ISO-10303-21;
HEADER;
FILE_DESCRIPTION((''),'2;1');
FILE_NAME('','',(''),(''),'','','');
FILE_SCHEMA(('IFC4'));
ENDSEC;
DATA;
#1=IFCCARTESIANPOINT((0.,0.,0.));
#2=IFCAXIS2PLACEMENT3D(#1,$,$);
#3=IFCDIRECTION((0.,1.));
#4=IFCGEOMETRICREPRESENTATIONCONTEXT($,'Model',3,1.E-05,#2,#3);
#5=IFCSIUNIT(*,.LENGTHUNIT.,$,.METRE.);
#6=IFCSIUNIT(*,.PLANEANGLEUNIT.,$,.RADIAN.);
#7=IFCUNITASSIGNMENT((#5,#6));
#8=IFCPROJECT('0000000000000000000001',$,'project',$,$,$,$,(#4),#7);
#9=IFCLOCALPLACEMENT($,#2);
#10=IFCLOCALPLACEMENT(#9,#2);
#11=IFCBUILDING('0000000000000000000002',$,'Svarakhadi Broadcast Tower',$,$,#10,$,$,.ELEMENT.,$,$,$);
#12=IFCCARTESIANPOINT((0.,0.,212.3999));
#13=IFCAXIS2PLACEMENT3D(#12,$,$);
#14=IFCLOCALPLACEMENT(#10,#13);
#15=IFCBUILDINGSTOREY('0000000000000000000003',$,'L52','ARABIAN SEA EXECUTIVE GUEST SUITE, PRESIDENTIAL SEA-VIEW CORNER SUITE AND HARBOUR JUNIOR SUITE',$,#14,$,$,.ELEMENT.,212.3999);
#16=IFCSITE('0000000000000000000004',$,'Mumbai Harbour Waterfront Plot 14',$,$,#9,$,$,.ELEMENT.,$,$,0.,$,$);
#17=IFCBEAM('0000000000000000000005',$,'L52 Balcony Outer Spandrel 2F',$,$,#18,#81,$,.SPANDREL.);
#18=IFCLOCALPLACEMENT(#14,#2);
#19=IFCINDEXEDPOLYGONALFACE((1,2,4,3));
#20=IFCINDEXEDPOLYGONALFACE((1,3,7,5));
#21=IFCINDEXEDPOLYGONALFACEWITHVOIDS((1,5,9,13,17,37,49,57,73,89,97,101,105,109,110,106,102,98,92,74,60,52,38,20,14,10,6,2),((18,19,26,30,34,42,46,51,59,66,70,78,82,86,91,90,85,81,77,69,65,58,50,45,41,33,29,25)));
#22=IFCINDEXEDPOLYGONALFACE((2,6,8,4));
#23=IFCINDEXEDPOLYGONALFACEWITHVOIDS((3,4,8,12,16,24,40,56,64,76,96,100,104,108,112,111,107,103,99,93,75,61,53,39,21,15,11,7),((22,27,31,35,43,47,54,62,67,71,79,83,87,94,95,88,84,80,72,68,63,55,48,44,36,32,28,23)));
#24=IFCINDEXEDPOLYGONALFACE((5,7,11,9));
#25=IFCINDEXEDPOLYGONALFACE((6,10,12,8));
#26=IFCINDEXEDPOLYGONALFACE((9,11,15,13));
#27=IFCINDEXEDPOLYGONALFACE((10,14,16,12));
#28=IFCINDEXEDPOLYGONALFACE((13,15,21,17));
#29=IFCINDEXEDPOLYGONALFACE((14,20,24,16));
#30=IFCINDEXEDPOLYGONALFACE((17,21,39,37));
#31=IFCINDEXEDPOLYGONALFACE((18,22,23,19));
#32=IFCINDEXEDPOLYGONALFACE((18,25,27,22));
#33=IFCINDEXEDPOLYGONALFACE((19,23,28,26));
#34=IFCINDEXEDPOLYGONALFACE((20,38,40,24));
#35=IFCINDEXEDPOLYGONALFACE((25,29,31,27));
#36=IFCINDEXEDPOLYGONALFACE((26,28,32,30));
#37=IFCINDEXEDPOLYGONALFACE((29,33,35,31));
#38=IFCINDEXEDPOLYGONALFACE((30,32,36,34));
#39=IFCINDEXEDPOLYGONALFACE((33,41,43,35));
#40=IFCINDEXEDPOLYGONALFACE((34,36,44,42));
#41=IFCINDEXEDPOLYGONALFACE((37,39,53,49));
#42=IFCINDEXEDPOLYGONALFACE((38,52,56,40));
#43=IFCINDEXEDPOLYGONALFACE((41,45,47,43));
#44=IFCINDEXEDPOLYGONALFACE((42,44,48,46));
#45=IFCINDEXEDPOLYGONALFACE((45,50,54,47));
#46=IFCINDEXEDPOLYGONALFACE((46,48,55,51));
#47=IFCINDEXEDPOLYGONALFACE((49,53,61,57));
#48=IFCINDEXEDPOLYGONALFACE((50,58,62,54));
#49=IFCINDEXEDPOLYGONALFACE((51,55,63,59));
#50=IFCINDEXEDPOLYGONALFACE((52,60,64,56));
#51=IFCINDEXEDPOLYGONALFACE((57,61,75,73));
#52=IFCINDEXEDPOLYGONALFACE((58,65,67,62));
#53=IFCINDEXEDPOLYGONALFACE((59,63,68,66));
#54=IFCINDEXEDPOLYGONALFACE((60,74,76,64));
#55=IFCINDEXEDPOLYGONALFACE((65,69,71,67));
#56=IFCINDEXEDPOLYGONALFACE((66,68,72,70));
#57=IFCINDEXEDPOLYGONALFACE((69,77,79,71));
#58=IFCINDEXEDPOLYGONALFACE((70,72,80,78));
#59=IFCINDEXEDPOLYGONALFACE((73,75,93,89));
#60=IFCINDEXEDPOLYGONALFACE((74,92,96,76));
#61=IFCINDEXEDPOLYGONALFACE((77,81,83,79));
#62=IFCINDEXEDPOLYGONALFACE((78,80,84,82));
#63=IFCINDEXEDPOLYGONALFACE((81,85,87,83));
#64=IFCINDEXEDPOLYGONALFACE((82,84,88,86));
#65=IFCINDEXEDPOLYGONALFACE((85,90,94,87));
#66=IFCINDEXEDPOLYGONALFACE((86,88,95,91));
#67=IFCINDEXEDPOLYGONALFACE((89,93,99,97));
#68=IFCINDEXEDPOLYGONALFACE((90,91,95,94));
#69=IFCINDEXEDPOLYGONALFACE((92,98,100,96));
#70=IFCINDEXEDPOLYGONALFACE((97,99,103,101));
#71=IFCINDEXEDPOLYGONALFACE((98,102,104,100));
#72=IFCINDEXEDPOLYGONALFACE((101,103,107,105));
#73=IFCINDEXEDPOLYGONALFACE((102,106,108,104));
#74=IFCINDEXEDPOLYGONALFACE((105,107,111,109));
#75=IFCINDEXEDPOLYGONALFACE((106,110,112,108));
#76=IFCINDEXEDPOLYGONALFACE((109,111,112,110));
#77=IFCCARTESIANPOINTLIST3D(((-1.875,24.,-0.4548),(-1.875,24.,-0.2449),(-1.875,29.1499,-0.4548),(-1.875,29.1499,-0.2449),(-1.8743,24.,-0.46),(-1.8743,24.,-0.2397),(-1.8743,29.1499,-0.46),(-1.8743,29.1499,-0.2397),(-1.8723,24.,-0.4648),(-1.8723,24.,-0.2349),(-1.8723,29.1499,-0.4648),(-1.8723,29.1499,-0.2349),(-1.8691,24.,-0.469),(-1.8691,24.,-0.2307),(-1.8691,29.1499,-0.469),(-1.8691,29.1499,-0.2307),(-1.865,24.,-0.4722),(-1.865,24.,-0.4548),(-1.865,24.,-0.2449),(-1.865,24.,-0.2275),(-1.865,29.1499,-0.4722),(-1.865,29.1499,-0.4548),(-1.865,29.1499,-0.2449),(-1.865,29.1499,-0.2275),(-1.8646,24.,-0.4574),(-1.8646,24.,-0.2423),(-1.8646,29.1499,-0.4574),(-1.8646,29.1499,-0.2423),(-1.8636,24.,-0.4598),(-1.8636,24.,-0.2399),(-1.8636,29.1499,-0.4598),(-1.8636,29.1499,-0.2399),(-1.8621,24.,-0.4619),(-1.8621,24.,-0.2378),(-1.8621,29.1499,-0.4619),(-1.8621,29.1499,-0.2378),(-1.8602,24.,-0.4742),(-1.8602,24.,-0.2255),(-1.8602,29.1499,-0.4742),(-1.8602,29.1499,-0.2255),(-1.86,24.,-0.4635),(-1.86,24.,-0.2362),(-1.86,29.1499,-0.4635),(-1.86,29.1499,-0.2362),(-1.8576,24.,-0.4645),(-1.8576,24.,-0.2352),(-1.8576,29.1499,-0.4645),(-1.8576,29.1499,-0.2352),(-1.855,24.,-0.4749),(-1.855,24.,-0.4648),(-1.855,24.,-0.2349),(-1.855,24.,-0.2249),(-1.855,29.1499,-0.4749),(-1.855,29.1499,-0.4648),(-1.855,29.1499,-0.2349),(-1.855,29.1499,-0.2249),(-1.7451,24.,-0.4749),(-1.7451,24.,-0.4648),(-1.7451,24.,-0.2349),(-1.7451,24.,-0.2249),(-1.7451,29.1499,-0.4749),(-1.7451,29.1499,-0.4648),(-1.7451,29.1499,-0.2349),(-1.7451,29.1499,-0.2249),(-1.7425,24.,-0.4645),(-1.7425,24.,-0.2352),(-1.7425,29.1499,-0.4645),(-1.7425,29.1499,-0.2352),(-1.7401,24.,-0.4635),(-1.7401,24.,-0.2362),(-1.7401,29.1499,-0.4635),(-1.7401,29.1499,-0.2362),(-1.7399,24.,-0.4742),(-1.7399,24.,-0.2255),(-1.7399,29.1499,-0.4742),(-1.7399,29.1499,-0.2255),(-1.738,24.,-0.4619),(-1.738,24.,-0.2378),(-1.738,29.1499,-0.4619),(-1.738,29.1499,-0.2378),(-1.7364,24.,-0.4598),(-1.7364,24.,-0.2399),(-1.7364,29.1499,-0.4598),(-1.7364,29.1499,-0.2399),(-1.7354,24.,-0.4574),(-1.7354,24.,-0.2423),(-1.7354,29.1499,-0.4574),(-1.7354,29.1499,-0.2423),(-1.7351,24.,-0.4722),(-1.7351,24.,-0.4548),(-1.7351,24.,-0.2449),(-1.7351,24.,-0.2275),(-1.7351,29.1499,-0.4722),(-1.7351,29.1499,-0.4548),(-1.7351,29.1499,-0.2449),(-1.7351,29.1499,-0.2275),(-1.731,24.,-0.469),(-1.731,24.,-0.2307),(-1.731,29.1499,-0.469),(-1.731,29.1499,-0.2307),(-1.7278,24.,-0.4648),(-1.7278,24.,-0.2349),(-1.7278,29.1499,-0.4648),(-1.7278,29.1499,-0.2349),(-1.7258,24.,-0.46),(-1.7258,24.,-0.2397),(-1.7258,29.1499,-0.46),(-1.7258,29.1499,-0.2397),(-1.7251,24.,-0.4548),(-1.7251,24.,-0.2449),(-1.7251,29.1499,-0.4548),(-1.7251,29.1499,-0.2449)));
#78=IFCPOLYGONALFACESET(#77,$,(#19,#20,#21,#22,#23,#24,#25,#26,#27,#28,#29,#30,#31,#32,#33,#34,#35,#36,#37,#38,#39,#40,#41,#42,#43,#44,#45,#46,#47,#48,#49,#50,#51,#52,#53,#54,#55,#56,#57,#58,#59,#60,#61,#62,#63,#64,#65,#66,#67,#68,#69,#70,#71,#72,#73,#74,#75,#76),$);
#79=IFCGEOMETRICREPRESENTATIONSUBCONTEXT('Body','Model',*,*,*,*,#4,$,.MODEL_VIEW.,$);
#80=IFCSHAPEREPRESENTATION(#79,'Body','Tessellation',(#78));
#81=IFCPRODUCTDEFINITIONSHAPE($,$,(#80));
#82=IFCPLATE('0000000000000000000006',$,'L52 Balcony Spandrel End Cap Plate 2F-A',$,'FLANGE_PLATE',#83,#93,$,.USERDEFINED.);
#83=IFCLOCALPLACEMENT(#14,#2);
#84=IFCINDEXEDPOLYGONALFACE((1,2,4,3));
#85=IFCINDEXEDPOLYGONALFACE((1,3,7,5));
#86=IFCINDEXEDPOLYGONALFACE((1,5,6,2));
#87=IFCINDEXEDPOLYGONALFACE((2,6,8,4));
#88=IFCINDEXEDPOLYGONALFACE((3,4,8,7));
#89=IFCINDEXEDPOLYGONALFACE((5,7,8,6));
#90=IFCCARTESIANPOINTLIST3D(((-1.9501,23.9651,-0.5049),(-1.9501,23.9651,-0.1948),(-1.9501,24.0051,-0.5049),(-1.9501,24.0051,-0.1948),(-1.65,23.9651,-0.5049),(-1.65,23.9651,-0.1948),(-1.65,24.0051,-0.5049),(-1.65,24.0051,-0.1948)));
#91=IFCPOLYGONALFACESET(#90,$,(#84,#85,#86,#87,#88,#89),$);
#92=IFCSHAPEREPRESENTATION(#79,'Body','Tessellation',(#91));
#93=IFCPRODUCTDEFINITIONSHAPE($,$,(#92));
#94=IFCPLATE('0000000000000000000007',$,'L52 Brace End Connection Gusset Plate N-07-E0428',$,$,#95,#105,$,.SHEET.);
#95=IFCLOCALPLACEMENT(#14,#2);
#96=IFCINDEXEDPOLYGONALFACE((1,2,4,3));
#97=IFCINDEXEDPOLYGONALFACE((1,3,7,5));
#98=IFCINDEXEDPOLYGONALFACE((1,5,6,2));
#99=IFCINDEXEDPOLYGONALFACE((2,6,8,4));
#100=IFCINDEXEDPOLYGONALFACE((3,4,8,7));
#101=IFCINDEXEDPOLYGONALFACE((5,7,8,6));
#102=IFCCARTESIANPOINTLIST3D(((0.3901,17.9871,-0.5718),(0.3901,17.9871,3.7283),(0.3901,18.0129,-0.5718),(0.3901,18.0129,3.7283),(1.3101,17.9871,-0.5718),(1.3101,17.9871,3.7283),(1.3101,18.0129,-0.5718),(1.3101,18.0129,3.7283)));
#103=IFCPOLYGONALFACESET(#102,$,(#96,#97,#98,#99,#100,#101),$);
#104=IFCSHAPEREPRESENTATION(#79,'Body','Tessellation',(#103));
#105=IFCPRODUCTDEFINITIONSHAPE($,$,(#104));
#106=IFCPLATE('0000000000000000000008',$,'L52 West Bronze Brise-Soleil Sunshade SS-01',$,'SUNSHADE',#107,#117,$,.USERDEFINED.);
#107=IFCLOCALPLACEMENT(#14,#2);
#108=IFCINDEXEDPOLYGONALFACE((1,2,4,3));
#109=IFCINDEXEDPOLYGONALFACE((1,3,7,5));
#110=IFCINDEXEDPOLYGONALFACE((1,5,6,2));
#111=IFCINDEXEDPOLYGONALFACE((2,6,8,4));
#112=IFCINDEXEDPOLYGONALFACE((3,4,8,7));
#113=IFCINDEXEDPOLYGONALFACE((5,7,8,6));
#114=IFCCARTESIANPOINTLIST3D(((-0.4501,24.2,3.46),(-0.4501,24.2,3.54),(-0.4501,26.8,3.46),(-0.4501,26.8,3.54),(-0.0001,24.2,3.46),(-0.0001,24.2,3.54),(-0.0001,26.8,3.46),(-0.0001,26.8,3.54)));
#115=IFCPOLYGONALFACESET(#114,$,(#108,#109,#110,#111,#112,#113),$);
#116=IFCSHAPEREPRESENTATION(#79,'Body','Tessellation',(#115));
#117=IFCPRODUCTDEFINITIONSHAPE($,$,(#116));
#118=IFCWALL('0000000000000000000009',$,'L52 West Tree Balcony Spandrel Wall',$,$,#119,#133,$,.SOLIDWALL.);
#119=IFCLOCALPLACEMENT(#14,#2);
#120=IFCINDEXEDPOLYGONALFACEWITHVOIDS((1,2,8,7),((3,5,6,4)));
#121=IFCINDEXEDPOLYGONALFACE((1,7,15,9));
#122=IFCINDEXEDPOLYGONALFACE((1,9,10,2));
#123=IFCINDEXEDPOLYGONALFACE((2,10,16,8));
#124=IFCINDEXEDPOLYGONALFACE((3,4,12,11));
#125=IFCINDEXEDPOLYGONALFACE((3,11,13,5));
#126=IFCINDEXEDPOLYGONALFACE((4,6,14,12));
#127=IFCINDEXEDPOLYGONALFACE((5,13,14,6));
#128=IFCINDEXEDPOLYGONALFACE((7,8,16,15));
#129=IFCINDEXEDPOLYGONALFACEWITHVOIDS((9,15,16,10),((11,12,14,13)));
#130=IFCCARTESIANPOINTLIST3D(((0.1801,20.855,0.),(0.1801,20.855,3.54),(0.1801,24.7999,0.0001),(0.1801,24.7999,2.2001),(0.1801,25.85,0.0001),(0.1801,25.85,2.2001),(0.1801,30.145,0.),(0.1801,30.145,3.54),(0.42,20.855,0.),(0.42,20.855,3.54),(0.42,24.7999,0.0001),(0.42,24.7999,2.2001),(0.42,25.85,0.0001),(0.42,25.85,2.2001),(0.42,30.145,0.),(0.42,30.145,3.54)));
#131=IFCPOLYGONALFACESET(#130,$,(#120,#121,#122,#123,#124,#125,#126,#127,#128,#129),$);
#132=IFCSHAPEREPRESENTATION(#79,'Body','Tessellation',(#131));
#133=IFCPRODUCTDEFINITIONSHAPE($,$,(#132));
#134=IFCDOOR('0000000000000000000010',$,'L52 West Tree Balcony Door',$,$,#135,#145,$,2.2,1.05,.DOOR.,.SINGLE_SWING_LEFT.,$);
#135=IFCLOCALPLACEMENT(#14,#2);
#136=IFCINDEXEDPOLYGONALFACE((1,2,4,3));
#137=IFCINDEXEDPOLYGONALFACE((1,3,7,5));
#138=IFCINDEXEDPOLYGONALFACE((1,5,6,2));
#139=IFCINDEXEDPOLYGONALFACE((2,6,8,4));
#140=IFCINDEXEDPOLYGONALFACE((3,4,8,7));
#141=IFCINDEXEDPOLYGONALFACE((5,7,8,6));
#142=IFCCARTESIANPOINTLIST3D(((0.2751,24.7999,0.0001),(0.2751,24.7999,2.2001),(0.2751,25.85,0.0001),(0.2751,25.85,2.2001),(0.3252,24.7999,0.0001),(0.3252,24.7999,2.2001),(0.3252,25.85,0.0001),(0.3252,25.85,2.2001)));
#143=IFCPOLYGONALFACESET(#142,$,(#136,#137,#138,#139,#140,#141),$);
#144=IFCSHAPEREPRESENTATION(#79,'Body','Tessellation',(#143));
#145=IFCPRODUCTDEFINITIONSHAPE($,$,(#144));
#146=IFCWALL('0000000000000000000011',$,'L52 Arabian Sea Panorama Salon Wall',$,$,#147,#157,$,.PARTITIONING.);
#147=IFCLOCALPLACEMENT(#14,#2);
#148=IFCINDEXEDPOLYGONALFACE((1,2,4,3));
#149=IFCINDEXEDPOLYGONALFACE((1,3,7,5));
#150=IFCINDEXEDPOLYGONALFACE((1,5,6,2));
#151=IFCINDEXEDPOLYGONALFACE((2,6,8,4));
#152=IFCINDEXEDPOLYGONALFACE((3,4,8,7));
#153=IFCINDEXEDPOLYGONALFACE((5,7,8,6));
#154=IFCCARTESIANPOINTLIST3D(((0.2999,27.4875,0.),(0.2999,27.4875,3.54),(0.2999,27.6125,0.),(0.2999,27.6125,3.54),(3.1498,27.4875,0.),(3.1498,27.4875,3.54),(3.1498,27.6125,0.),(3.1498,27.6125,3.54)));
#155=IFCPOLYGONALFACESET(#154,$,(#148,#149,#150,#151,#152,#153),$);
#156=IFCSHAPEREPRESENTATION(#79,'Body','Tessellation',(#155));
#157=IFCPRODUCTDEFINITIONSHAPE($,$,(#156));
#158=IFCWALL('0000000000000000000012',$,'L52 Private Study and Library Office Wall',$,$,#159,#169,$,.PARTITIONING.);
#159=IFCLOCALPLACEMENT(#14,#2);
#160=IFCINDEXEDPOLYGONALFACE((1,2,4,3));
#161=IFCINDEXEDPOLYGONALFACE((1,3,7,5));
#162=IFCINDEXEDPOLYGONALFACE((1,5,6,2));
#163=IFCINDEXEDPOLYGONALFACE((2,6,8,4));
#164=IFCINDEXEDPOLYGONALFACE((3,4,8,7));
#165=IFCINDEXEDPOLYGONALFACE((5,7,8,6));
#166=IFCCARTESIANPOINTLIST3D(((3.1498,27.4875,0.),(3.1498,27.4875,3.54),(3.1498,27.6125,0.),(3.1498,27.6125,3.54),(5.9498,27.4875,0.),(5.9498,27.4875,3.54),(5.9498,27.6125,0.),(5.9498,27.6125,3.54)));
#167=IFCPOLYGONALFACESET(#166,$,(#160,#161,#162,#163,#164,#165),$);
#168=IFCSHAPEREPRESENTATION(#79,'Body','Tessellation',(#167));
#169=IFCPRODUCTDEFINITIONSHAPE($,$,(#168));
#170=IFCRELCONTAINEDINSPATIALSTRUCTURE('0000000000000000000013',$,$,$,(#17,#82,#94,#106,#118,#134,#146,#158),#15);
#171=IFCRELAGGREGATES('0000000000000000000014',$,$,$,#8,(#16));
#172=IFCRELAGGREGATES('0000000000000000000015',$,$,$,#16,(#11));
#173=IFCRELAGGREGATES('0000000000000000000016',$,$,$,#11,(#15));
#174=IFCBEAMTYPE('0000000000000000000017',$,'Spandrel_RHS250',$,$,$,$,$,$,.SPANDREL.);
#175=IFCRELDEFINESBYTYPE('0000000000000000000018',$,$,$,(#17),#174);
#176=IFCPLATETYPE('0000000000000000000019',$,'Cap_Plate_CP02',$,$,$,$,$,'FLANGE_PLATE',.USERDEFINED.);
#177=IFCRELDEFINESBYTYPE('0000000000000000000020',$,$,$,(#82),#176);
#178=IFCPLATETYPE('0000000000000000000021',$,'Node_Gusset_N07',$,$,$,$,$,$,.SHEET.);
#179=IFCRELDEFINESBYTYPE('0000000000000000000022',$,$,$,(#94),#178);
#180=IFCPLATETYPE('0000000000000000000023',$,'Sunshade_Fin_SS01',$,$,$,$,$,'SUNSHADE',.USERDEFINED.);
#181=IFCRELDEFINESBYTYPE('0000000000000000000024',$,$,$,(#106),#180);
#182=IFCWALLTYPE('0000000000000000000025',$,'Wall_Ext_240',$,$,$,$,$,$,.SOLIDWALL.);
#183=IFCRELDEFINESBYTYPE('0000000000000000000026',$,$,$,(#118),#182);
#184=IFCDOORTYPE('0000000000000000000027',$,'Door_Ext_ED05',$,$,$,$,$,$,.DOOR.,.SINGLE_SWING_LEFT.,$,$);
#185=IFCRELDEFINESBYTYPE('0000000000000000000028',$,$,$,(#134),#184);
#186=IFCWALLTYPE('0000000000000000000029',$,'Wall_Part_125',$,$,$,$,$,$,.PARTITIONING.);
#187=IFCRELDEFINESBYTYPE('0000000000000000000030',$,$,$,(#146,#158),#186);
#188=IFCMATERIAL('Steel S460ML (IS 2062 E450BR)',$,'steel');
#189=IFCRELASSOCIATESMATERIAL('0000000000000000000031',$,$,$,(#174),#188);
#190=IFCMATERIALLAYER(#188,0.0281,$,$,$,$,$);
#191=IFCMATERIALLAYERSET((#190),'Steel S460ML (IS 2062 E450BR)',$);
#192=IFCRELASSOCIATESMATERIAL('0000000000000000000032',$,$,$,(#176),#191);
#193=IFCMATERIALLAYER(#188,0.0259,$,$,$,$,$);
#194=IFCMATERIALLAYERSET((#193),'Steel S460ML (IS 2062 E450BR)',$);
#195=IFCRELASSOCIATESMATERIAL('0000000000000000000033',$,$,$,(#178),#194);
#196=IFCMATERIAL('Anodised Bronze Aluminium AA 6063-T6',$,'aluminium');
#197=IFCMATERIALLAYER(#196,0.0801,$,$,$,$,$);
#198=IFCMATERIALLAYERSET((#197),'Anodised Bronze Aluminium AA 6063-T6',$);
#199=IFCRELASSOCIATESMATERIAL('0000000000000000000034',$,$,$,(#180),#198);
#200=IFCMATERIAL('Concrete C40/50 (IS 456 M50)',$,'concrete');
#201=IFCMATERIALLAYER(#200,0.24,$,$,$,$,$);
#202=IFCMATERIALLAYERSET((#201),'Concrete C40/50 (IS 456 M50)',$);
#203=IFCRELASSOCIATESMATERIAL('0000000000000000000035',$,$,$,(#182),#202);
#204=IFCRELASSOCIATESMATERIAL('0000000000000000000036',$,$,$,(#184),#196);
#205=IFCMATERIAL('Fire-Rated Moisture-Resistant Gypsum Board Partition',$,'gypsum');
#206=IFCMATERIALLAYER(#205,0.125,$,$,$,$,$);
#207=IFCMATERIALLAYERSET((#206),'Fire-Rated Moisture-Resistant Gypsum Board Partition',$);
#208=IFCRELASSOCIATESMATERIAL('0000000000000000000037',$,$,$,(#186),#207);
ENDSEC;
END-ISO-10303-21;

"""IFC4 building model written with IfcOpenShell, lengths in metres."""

from ifc_helpers import new_model, si_unit, direction, frame, frame_2d, origin, origin_2d, place, context, subcontext, project, spatial, rectangle, hollow_rectangle, extrude, material, layer, layer_set, material_profile, profile_set, type_object, element, fill, save


model = new_model("IFC4")

# Units and contexts
model_context = context("Model", 3, precision=1e-05, world=origin(), true_north=direction((0.0, 1.0)))
body_context = subcontext(model_context, "Body", "Model", "MODEL_VIEW")
ifc_project = project(units=[si_unit("LENGTHUNIT", "METRE"), si_unit("PLANEANGLEUNIT", "RADIAN")], contexts=[model_context])

# Site, building, storey
site_placement = place(None, origin())
site = spatial("IfcSite", under=ifc_project, at=site_placement, Name="Mumbai Harbour Waterfront Plot 14", CompositionType="ELEMENT", RefElevation=0.0)
building_placement = place(site_placement, origin())
building = spatial("IfcBuilding", under=site, at=building_placement, Name="Svarakhadi Broadcast Tower", CompositionType="ELEMENT")
storey_placement = place(building_placement, frame((0.0, 0.0, 212.3999)))
storey = spatial("IfcBuildingStorey", under=building, at=storey_placement, Name="L52", Description="ARABIAN SEA EXECUTIVE GUEST SUITE, PRESIDENTIAL SEA-VIEW CORNER SUITE AND HARBOUR JUNIOR SUITE", CompositionType="ELEMENT", Elevation=212.3999)

# Shared definitions
ifc_material_1 = material(Name="Anodised Bronze Aluminium AA 6063-T6", Category="aluminium")

# Beam
ifc_material_2 = material(Name="Steel S460ML (IS 2062 E450BR)", Category="steel")
ifc_material_profile_1 = material_profile(ifc_material_2, hollow_rectangle(XDim=0.1499, YDim=0.25, WallThickness=0.01, InnerFilletRadius=0.01, OuterFilletRadius=0.02, at=origin_2d()), Name="RHS 250x150x10")
ifc_profile_set_1 = profile_set([ifc_material_profile_1], Name="Steel S460ML (IS 2062 E450BR)")
beam_type_1 = type_object("IfcBeamType", Name="Spandrel_RHS250", PredefinedType="SPANDREL", material=ifc_profile_set_1)
beam_1_placement = place(storey_placement, frame((-1.8, 24.0, -0.3499), z_axis=(0.0, 1.0, 0.0), x_axis=(-1.0, 0.0, 0.0)))
element("IfcBeam", 1, at=beam_1_placement, inside=storey, type_object=beam_type_1, Name="L52 Balcony Outer Spandrel 2F", PredefinedType="SPANDREL", context=body_context, shape_type="SweptSolid", body=[
    extrude(hollow_rectangle(XDim=0.1499, YDim=0.25, WallThickness=0.01, InnerFilletRadius=0.01, OuterFilletRadius=0.02, at=origin_2d()), origin(), (0.0, 0.0, 1.0), 5.1499),
])

# Plates
ifc_layer_1 = layer(ifc_material_2, 0.0281)
ifc_layer_set_1 = layer_set([ifc_layer_1], Name="Steel S460ML (IS 2062 E450BR)")
plate_type_1 = type_object("IfcPlateType", Name="Cap_Plate_CP02", ElementType="FLANGE_PLATE", PredefinedType="USERDEFINED", material=ifc_layer_set_1)
plate_1_placement = place(storey_placement, frame((-1.8, 23.9851, -0.5049), z_axis=(0.0, 0.0, 1.0), x_axis=(1.0, 0.0, 0.0)))
element("IfcPlate", 2, at=plate_1_placement, inside=storey, type_object=plate_type_1, Name="L52 Balcony Spandrel End Cap Plate 2F-A", ObjectType="FLANGE_PLATE", PredefinedType="USERDEFINED", context=body_context, shape_type="SweptSolid", body=[
    extrude(rectangle(XDim=0.3, YDim=0.04, at=origin_2d()), origin(), (0.0, 0.0, 1.0), 0.3101),
])
ifc_layer_2 = layer(ifc_material_2, 0.0259)
ifc_layer_set_2 = layer_set([ifc_layer_2], Name="Steel S460ML (IS 2062 E450BR)")
plate_type_2 = type_object("IfcPlateType", Name="Node_Gusset_N07", PredefinedType="SHEET", material=ifc_layer_set_2)
plate_2_placement = place(storey_placement, frame((0.8501, 18.0, -0.5718), z_axis=(0.0, 0.0, 1.0), x_axis=(1.0, 0.0, 0.0)))
element("IfcPlate", 3, at=plate_2_placement, inside=storey, type_object=plate_type_2, Name="L52 Brace End Connection Gusset Plate N-07-E0428", PredefinedType="SHEET", context=body_context, shape_type="SweptSolid", body=[
    extrude(rectangle(XDim=0.9199, YDim=0.0259, at=origin_2d()), origin(), (0.0, 0.0, 1.0), 4.3),
])
ifc_layer_3 = layer(ifc_material_1, 0.0801)
ifc_layer_set_3 = layer_set([ifc_layer_3], Name="Anodised Bronze Aluminium AA 6063-T6")
plate_type_3 = type_object("IfcPlateType", Name="Sunshade_Fin_SS01", ElementType="SUNSHADE", PredefinedType="USERDEFINED", material=ifc_layer_set_3)
plate_3_placement = place(storey_placement, frame((-0.2251, 25.5, 3.46), z_axis=(0.0, 0.0, 1.0), x_axis=(0.0, 1.0, 0.0)))
element("IfcPlate", 4, at=plate_3_placement, inside=storey, type_object=plate_type_3, Name="L52 West Bronze Brise-Soleil Sunshade SS-01", ObjectType="SUNSHADE", PredefinedType="USERDEFINED", context=body_context, shape_type="SweptSolid", body=[
    extrude(rectangle(XDim=2.6001, YDim=0.45, at=origin_2d()), origin(), (0.0, 0.0, 1.0), 0.0801),
])

# Wall, opening, door
ifc_material_3 = material(Name="Concrete C40/50 (IS 456 M50)", Category="concrete")
ifc_layer_4 = layer(ifc_material_3, 0.24)
ifc_layer_set_4 = layer_set([ifc_layer_4], Name="Concrete C40/50 (IS 456 M50)")
wall_type_1 = type_object("IfcWallType", Name="Wall_Ext_240", PredefinedType="SOLIDWALL", material=ifc_layer_set_4)
wall_1_placement = place(storey_placement, frame((0.3, 20.855, 0.0), z_axis=(0.0, 0.0, 1.0), x_axis=(0.0, 1.0, 0.0)))
wall_1 = element("IfcWall", 5, at=wall_1_placement, inside=storey, type_object=wall_type_1, Name="L52 West Tree Balcony Spandrel Wall", PredefinedType="SOLIDWALL", context=body_context, shape_type="SweptSolid", body=[
    extrude(rectangle(XDim=9.29, YDim=0.24, at=frame_2d((4.645, 0.0))), origin(), (0.0, 0.0, 1.0), 3.54),
])
opening_1_placement = place(wall_1_placement, frame((3.9451, 0.0, 0.0)))
opening_1 = element("IfcOpeningElement", 6, at=opening_1_placement, cuts=wall_1, PredefinedType="OPENING", context=body_context, shape_type="SweptSolid", body=[
    extrude(rectangle(XDim=1.05, YDim=2.2, at=frame_2d((0.5249, 1.1001))), frame((0.0, 0.1299, 0.0), z_axis=(0.0, -1.0, 0.0), x_axis=(1.0, 0.0, 0.0)), (0.0, 0.0, 1.0), 0.26),
])
door_type_1 = type_object("IfcDoorType", Name="Door_Ext_ED05", OperationType="SINGLE_SWING_LEFT", PredefinedType="DOOR", material=ifc_material_1)
door_1_placement = place(opening_1_placement, origin())
door_1 = element("IfcDoor", 7, at=door_1_placement, inside=storey, type_object=door_type_1, Name="L52 West Tree Balcony Door", OperationType="SINGLE_SWING_LEFT", OverallHeight=2.2, OverallWidth=1.05, PredefinedType="DOOR", context=body_context, shape_type="SweptSolid", body=[
    extrude(rectangle(XDim=1.05, YDim=2.2, at=frame_2d((0.5249, 1.1001))), frame((0.0, 0.0249, 0.0), z_axis=(0.0, -1.0, 0.0), x_axis=(1.0, 0.0, 0.0)), (0.0, 0.0, 1.0), 0.05),
])
fill(opening_1, door_1)

# Walls
ifc_material_4 = material(Name="Fire-Rated Moisture-Resistant Gypsum Board Partition", Category="gypsum")
ifc_layer_5 = layer(ifc_material_4, 0.125)
ifc_layer_set_5 = layer_set([ifc_layer_5], Name="Fire-Rated Moisture-Resistant Gypsum Board Partition")
wall_type_2 = type_object("IfcWallType", Name="Wall_Part_125", PredefinedType="PARTITIONING", material=ifc_layer_set_5)
wall_2_placement = place(storey_placement, frame((0.3, 27.55, 0.0), z_axis=(0.0, 0.0, 1.0), x_axis=(1.0, 0.0, 0.0)))
element("IfcWall", 8, at=wall_2_placement, inside=storey, type_object=wall_type_2, Name="L52 Arabian Sea Panorama Salon Wall", PredefinedType="PARTITIONING", context=body_context, shape_type="SweptSolid", body=[
    extrude(rectangle(XDim=2.8499, YDim=0.125, at=frame_2d((1.4248, 0.0))), origin(), (0.0, 0.0, 1.0), 3.54),
])
wall_3_placement = place(storey_placement, frame((3.1499, 27.55, 0.0), z_axis=(0.0, 0.0, 1.0), x_axis=(1.0, 0.0, 0.0)))
element("IfcWall", 9, at=wall_3_placement, inside=storey, type_object=wall_type_2, Name="L52 Private Study and Library Office Wall", PredefinedType="PARTITIONING", context=body_context, shape_type="SweptSolid", body=[
    extrude(rectangle(XDim=2.8, YDim=0.125, at=frame_2d((1.3999, 0.0))), origin(), (0.0, 0.0, 1.0), 3.54),
])

save(model, "model.ifc")
